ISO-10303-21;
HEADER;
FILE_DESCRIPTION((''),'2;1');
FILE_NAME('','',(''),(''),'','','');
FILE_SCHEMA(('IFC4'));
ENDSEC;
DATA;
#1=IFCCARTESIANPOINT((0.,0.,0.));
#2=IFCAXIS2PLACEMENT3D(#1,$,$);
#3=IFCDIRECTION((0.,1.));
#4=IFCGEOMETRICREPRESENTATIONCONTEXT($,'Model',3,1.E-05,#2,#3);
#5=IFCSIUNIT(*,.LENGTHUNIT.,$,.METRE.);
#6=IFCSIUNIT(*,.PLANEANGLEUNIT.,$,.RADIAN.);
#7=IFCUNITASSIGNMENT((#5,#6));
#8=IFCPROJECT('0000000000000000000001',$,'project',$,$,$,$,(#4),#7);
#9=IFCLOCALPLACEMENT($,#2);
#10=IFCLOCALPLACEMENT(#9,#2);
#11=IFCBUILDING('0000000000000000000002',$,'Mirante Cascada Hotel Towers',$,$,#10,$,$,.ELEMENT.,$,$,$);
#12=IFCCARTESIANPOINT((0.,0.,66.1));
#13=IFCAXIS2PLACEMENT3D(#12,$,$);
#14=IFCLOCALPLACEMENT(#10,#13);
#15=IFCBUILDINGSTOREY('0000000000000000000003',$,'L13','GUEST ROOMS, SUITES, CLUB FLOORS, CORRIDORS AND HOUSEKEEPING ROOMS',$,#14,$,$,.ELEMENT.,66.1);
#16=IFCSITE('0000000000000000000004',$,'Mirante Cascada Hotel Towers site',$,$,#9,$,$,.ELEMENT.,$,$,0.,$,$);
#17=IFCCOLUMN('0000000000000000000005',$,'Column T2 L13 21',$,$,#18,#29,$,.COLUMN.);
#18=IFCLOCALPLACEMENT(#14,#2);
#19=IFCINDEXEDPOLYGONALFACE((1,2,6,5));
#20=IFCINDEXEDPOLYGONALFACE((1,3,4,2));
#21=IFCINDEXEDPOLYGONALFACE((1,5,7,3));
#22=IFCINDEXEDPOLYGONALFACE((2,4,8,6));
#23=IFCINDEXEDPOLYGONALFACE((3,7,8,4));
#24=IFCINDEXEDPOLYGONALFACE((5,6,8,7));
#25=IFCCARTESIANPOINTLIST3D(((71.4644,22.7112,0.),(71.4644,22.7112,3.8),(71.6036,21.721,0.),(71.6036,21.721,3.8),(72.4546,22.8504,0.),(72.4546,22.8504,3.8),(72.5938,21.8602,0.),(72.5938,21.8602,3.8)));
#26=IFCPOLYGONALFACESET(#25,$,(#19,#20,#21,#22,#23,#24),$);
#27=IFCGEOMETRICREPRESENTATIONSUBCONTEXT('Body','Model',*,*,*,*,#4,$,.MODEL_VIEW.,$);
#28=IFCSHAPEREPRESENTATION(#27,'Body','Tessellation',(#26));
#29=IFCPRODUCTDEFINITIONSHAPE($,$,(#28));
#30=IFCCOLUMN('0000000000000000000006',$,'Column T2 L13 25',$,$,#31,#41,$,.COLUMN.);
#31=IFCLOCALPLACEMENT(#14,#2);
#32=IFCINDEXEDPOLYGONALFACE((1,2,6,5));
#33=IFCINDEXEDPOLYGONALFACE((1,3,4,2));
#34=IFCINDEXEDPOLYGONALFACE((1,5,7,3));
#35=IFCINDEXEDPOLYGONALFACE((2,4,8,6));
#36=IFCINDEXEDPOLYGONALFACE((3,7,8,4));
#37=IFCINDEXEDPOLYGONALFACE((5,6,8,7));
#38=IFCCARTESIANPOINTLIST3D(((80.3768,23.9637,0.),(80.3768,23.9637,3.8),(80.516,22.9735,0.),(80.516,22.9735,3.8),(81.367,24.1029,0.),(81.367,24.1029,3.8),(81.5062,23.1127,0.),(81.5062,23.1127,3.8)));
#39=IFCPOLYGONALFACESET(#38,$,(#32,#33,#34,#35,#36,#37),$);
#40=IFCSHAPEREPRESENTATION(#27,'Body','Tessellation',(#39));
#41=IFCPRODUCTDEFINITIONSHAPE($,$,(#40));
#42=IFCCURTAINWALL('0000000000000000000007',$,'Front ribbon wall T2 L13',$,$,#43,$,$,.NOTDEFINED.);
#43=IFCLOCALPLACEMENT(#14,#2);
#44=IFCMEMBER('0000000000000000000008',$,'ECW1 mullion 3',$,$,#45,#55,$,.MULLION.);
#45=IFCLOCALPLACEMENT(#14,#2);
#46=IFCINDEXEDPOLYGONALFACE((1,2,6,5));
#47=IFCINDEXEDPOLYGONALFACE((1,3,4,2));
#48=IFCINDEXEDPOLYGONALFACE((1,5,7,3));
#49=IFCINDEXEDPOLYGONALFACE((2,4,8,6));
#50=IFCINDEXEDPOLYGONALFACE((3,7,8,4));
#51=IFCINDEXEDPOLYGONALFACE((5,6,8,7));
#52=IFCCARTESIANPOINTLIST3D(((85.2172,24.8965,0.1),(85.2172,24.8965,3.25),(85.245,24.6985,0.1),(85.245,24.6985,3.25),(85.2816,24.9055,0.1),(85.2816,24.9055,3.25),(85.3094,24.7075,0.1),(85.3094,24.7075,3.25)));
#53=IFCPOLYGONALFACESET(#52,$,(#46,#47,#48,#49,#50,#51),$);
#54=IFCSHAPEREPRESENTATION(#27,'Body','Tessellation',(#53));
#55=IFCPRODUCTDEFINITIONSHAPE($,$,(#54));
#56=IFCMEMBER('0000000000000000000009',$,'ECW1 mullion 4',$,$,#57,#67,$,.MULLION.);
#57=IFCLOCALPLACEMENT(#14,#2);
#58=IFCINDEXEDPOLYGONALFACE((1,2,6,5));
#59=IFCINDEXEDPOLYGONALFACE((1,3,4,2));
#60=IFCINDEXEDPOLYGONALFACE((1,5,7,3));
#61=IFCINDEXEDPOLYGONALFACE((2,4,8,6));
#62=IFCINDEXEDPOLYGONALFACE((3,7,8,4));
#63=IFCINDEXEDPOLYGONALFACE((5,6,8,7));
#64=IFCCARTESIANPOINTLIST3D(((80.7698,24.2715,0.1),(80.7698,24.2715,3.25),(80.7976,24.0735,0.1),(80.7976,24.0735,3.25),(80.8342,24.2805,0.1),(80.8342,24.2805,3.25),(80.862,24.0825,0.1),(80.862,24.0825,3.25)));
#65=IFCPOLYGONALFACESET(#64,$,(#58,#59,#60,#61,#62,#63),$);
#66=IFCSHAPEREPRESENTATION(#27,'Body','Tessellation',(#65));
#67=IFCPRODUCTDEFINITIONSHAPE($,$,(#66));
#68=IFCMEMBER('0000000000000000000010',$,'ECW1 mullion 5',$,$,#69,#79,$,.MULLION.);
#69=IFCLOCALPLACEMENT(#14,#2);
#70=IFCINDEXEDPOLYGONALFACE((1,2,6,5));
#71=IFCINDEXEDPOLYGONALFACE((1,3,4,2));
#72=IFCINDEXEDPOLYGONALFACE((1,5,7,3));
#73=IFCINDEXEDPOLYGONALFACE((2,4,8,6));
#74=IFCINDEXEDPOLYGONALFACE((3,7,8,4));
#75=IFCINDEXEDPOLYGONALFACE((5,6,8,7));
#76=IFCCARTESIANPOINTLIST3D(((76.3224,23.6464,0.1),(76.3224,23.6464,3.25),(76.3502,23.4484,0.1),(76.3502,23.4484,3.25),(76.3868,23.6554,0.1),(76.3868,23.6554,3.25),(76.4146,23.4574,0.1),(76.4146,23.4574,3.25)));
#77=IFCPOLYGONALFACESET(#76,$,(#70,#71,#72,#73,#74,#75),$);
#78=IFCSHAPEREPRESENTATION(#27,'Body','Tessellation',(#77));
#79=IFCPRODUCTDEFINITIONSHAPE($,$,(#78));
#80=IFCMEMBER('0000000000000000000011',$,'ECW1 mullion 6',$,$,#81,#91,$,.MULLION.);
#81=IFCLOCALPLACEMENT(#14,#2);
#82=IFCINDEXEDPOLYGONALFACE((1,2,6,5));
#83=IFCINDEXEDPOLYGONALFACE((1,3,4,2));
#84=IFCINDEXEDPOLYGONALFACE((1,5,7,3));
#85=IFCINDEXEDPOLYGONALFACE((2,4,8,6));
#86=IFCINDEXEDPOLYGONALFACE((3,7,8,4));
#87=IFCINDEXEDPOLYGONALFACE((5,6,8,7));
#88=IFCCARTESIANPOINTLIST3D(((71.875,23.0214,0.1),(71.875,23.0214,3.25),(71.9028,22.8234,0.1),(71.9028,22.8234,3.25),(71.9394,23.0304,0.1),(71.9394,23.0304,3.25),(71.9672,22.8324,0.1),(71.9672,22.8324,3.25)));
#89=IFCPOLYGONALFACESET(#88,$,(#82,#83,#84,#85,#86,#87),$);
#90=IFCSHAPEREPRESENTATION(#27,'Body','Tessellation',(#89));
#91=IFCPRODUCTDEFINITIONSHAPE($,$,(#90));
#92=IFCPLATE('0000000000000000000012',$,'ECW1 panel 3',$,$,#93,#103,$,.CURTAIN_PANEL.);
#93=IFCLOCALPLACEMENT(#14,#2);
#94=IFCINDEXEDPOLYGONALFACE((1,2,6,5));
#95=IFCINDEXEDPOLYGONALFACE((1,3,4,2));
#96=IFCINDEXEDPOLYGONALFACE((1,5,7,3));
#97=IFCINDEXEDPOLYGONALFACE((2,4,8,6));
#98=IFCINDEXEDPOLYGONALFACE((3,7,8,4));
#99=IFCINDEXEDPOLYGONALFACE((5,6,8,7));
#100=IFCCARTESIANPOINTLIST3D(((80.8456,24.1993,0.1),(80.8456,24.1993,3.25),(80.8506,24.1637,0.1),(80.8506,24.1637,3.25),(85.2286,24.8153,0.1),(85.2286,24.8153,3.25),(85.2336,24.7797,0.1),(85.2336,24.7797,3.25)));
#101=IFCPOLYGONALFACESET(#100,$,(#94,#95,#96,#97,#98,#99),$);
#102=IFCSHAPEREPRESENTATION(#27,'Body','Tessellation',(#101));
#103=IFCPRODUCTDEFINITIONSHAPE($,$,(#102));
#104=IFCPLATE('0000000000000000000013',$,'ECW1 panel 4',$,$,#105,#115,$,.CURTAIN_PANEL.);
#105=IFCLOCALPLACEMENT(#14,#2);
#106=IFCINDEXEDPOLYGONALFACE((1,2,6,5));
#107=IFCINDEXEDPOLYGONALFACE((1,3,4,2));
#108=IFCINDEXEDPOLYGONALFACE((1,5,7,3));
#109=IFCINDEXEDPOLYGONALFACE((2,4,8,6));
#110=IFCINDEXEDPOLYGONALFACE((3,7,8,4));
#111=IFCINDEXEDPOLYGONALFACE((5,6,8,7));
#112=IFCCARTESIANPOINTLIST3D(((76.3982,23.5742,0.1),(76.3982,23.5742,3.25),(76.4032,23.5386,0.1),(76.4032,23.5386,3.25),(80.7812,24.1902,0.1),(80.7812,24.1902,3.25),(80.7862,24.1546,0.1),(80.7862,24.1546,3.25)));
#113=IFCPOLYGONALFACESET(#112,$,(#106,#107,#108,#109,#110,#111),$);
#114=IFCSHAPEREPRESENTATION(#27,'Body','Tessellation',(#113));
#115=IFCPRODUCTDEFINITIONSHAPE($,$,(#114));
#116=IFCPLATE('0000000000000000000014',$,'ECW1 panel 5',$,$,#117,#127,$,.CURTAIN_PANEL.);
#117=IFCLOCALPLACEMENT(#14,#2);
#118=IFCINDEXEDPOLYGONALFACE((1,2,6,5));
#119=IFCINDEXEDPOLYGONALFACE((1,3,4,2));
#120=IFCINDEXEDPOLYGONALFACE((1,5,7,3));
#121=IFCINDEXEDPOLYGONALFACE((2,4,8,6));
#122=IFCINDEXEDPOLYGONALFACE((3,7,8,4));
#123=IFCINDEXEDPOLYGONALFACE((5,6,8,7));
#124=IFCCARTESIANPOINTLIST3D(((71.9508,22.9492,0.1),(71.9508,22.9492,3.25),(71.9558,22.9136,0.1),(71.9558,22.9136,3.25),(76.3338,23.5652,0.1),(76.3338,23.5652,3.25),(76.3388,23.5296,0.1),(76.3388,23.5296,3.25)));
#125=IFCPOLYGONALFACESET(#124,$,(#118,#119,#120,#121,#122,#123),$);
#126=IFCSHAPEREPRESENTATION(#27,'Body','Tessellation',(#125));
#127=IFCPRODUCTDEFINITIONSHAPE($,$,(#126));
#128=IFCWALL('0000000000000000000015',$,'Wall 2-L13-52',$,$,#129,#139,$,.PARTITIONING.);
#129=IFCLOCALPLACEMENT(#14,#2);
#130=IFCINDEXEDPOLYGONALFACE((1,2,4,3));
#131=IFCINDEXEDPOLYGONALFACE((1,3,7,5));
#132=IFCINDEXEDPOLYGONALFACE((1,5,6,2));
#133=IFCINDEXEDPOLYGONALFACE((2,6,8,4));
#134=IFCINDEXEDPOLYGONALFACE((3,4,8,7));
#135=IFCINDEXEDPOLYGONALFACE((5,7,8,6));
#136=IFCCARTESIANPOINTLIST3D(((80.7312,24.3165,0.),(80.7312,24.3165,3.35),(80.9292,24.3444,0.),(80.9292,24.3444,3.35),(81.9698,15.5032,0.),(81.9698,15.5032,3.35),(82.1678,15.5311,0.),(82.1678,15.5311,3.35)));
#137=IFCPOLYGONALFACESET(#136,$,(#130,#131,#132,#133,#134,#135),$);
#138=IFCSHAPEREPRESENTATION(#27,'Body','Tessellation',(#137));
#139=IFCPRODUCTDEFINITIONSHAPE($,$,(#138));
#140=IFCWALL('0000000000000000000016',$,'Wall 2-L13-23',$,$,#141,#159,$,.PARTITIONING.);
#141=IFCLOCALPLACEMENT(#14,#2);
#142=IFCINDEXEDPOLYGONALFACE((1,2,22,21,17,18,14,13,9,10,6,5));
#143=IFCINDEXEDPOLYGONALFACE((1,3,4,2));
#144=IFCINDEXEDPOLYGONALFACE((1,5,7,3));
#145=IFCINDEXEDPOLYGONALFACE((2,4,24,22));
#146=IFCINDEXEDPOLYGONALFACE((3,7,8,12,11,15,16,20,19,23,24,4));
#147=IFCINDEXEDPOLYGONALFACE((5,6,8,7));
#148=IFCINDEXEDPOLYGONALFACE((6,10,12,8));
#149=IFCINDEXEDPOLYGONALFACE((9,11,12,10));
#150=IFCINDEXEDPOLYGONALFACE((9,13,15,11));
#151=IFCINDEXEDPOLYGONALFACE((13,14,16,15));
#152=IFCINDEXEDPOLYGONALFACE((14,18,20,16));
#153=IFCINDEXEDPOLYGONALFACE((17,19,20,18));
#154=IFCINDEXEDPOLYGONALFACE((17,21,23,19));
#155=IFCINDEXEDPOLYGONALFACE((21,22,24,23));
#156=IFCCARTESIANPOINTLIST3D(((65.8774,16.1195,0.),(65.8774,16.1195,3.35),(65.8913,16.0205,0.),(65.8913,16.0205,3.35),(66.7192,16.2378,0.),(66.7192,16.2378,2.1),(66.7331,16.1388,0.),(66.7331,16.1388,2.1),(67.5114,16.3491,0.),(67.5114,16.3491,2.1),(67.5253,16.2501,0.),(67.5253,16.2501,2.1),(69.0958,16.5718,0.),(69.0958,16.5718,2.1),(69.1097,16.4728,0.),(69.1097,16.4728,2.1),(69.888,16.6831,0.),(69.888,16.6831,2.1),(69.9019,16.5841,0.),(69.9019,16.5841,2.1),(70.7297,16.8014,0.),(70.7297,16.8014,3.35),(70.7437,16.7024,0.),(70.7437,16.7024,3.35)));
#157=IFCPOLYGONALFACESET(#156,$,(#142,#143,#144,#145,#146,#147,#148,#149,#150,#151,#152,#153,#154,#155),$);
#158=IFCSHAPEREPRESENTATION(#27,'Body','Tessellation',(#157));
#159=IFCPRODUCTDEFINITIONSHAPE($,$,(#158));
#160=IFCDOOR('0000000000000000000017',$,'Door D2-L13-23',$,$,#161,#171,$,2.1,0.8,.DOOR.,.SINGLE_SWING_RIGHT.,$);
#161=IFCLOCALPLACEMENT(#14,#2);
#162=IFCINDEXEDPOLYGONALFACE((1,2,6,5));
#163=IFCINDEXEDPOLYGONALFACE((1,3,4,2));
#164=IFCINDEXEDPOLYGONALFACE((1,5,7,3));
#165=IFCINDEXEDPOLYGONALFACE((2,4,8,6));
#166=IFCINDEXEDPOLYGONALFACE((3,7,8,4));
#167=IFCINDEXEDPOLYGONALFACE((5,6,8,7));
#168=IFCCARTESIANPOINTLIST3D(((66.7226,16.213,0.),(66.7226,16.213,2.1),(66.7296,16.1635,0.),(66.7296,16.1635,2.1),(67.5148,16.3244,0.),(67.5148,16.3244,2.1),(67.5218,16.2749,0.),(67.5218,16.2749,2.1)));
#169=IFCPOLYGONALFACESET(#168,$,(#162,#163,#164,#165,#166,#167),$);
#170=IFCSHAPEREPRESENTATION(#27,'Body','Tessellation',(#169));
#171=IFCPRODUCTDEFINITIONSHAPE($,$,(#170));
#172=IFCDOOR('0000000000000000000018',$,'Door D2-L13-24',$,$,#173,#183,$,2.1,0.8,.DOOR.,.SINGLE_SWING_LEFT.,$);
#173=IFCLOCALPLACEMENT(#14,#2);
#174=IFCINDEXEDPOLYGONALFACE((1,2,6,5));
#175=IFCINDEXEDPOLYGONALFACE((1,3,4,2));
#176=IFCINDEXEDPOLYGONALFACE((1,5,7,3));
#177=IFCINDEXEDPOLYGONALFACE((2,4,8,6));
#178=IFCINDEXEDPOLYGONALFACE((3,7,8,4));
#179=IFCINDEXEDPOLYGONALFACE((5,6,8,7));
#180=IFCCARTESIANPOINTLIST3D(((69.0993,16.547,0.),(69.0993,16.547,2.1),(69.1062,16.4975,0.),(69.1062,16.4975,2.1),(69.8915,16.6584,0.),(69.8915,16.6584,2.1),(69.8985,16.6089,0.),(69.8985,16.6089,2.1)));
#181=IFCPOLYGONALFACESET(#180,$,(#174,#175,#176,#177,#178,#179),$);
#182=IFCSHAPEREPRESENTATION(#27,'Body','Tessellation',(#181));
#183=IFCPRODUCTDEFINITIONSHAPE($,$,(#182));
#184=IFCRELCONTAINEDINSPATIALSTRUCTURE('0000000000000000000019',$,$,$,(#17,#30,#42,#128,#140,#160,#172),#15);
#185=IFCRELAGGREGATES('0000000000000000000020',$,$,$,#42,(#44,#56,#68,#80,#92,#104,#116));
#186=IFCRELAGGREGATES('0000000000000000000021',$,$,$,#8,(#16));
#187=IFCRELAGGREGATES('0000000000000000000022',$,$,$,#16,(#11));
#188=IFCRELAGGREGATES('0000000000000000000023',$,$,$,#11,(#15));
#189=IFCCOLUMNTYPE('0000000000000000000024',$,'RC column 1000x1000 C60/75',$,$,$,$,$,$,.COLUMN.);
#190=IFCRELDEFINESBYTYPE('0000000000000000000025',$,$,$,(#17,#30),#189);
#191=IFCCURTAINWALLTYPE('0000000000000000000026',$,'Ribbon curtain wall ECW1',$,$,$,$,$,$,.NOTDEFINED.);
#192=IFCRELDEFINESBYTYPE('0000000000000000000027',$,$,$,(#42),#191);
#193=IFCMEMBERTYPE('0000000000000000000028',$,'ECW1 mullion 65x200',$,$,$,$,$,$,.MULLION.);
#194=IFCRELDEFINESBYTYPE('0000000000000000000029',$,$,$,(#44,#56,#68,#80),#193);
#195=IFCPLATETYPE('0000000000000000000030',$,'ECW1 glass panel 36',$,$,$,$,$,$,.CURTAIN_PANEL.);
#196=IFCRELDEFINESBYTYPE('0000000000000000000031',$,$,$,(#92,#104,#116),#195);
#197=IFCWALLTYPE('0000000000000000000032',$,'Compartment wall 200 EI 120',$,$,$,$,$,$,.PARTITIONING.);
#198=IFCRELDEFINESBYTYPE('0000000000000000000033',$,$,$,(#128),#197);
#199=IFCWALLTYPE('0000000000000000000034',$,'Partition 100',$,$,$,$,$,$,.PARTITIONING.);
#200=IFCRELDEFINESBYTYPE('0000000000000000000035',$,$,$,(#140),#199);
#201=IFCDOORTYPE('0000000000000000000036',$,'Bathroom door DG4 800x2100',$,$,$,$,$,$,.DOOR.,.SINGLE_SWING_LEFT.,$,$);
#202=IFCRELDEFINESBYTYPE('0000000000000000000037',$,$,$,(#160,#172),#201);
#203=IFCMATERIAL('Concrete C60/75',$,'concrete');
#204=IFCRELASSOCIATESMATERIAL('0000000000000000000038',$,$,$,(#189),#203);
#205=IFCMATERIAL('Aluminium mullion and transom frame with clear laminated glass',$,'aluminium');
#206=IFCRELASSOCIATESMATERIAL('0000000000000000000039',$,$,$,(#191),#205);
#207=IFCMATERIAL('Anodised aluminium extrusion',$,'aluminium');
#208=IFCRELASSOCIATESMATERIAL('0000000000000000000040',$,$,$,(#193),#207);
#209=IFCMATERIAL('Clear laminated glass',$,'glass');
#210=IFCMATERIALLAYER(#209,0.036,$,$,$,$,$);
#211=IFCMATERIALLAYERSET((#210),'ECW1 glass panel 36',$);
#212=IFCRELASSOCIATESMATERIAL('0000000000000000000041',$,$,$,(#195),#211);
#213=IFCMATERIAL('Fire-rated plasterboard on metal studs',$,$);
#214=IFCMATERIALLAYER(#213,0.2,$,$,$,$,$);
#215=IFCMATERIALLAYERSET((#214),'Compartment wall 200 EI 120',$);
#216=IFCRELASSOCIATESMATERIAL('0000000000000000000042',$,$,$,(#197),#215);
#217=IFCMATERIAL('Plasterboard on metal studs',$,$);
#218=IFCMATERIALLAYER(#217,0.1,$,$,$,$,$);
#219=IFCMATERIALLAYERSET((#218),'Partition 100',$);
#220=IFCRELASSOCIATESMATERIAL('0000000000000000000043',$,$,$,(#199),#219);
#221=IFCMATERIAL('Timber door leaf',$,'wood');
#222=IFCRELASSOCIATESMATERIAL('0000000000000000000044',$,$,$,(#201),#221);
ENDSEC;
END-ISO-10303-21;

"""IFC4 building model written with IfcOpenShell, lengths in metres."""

from ifc_helpers import new_model, si_unit, direction, frame, frame_2d, origin, origin_2d, place, context, subcontext, project, spatial, rectangle, extrude, material, layer, layer_set, material_profile, profile_set, type_object, element, fill, aggregate, save


model = new_model("IFC4")

# Units and contexts
model_context = context("Model", 3, precision=1e-05, world=origin(), true_north=direction((0.0, 1.0)))
body_context = subcontext(model_context, "Body", "Model", "MODEL_VIEW")
ifc_project = project(units=[si_unit("LENGTHUNIT", "METRE"), si_unit("PLANEANGLEUNIT", "RADIAN")], contexts=[model_context])

# Site, building, storey
site_placement = place(None, origin())
site = spatial("IfcSite", under=ifc_project, at=site_placement, Name="Mirante Cascada Hotel Towers site", CompositionType="ELEMENT", RefElevation=0.0)
building_placement = place(site_placement, origin())
building = spatial("IfcBuilding", under=site, at=building_placement, Name="Mirante Cascada Hotel Towers", CompositionType="ELEMENT")
storey_placement = place(building_placement, frame((0.0, 0.0, 66.1)))
storey = spatial("IfcBuildingStorey", under=building, at=storey_placement, Name="L13", Description="GUEST ROOMS, SUITES, CLUB FLOORS, CORRIDORS AND HOUSEKEEPING ROOMS", CompositionType="ELEMENT", Elevation=66.1)

# Columns
ifc_material_1 = material(Name="Concrete C60/75", Category="concrete")
ifc_material_profile_1 = material_profile(ifc_material_1, rectangle(XDim=1.0, YDim=1.0, at=origin_2d()), Name="RC column 1000x1000 C60/75")
ifc_profile_set_1 = profile_set([ifc_material_profile_1], Name="Concrete C60/75")
column_type = type_object("IfcColumnType", Name="RC column 1000x1000 C60/75", PredefinedType="COLUMN", material=ifc_profile_set_1)
for number, where, z_axis, x_axis, name in (
    (1, (72.0291, 22.2857, 0.0), (0.0, 0.0, 1.0), (0.990268, 0.139173, 0.0), "Column T2 L13 21"),
    (2, (80.9415, 23.5382, 0.0), (0.0, 0.0, 1.0), (0.990268, 0.139173, 0.0), "Column T2 L13 25"),
):
    element("IfcColumn", number, at=place(storey_placement, frame(where, z_axis=z_axis, x_axis=x_axis)), inside=storey, type_object=column_type, Name=name, PredefinedType="COLUMN", context=body_context, shape_type="SweptSolid", body=[
        extrude(rectangle(XDim=1.0, YDim=1.0, at=origin_2d()), origin(), (0.0, 0.0, 1.0), 3.8),
    ])

# Curtain wall, members, plates
ifc_material_2 = material(Name="Aluminium mullion and transom frame with clear laminated glass", Category="aluminium")
curtain_wall_type = type_object("IfcCurtainWallType", Name="Ribbon curtain wall ECW1", PredefinedType="NOTDEFINED", material=ifc_material_2)
curtain_wall_placement = place(storey_placement, origin())
curtain_wall = element("IfcCurtainWall", 3, at=curtain_wall_placement, inside=storey, type_object=curtain_wall_type, Name="Front ribbon wall T2 L13", PredefinedType="NOTDEFINED")
ifc_material_3 = material(Name="Anodised aluminium extrusion", Category="aluminium")
ifc_material_profile_2 = material_profile(ifc_material_3, rectangle(XDim=0.2, YDim=0.065, at=origin_2d()), Name="ECW1 MULLION 65x200")
ifc_profile_set_2 = profile_set([ifc_material_profile_2], Name="Anodised aluminium extrusion")
member_type = type_object("IfcMemberType", Name="ECW1 mullion 65x200", PredefinedType="MULLION", material=ifc_profile_set_2)
member_1_placement = place(storey_placement, frame((85.2633, 24.802, 0.1), z_axis=(0.0, 0.0, 1.0), x_axis=(0.139173, -0.990268, 0.0)))
member_1 = element("IfcMember", 4, at=member_1_placement, type_object=member_type, Name="ECW1 mullion 3", PredefinedType="MULLION", context=body_context, shape_type="SweptSolid", body=[
    extrude(rectangle(XDim=0.2, YDim=0.065, at=origin_2d()), origin(), (0.0, 0.0, 1.0), 3.15),
])
member_2_placement = place(storey_placement, frame((80.8159, 24.177, 0.1), z_axis=(0.0, 0.0, 1.0), x_axis=(0.139173, -0.990268, 0.0)))
member_2 = element("IfcMember", 5, at=member_2_placement, type_object=member_type, Name="ECW1 mullion 4", PredefinedType="MULLION", context=body_context, shape_type="SweptSolid", body=[
    extrude(rectangle(XDim=0.2, YDim=0.065, at=origin_2d()), origin(), (0.0, 0.0, 1.0), 3.15),
])
member_3_placement = place(storey_placement, frame((76.3685, 23.5519, 0.1), z_axis=(0.0, 0.0, 1.0), x_axis=(0.139173, -0.990268, 0.0)))
member_3 = element("IfcMember", 6, at=member_3_placement, type_object=member_type, Name="ECW1 mullion 5", PredefinedType="MULLION", context=body_context, shape_type="SweptSolid", body=[
    extrude(rectangle(XDim=0.2, YDim=0.065, at=origin_2d()), origin(), (0.0, 0.0, 1.0), 3.15),
])
member_4_placement = place(storey_placement, frame((71.9211, 22.9269, 0.1), z_axis=(0.0, 0.0, 1.0), x_axis=(0.139173, -0.990268, 0.0)))
member_4 = element("IfcMember", 7, at=member_4_placement, type_object=member_type, Name="ECW1 mullion 6", PredefinedType="MULLION", context=body_context, shape_type="SweptSolid", body=[
    extrude(rectangle(XDim=0.2, YDim=0.065, at=origin_2d()), origin(), (0.0, 0.0, 1.0), 3.15),
])
ifc_material_4 = material(Name="Clear laminated glass", Category="glass")
ifc_layer_1 = layer(ifc_material_4, 0.036)
ifc_layer_set_1 = layer_set([ifc_layer_1], Name="ECW1 glass panel 36")
plate_type = type_object("IfcPlateType", Name="ECW1 glass panel 36", PredefinedType="CURTAIN_PANEL", material=ifc_layer_set_1)
plate_1_placement = place(storey_placement, frame((83.0396, 24.4895, 0.1), z_axis=(0.0, 0.0, 1.0), x_axis=(-0.990268, -0.139173, 0.0)))
plate_1 = element("IfcPlate", 8, at=plate_1_placement, type_object=plate_type, Name="ECW1 panel 3", PredefinedType="CURTAIN_PANEL", context=body_context, shape_type="SweptSolid", body=[
    extrude(rectangle(XDim=4.4261, YDim=0.036, at=origin_2d()), origin(), (0.0, 0.0, 1.0), 3.15),
])
plate_2_placement = place(storey_placement, frame((78.5922, 23.8644, 0.1), z_axis=(0.0, 0.0, 1.0), x_axis=(-0.990268, -0.139173, 0.0)))
plate_2 = element("IfcPlate", 9, at=plate_2_placement, type_object=plate_type, Name="ECW1 panel 4", PredefinedType="CURTAIN_PANEL", context=body_context, shape_type="SweptSolid", body=[
    extrude(rectangle(XDim=4.4261, YDim=0.036, at=origin_2d()), origin(), (0.0, 0.0, 1.0), 3.15),
])
plate_3_placement = place(storey_placement, frame((74.1448, 23.2394, 0.1), z_axis=(0.0, 0.0, 1.0), x_axis=(-0.990268, -0.139173, 0.0)))
plate_3 = element("IfcPlate", 10, at=plate_3_placement, type_object=plate_type, Name="ECW1 panel 5", PredefinedType="CURTAIN_PANEL", context=body_context, shape_type="SweptSolid", body=[
    extrude(rectangle(XDim=4.4261, YDim=0.036, at=origin_2d()), origin(), (0.0, 0.0, 1.0), 3.15),
])
aggregate(curtain_wall, [member_1, member_2, member_3, member_4, plate_1, plate_2, plate_3])

# Wall
ifc_material_5 = material(Name="Fire-rated plasterboard on metal studs")
ifc_layer_2 = layer(ifc_material_5, 0.2)
ifc_layer_set_2 = layer_set([ifc_layer_2], Name="Compartment wall 200 EI 120")
wall_type_1 = type_object("IfcWallType", Name="Compartment wall 200 EI 120", PredefinedType="PARTITIONING", material=ifc_layer_set_2)
wall_1_placement = place(storey_placement, frame((82.0688, 15.5171, 0.0), z_axis=(0.0, 0.0, 1.0), x_axis=(-0.13917, 0.990268, 0.0)))
element("IfcWall", 11, at=wall_1_placement, inside=storey, type_object=wall_type_1, Name="Wall 2-L13-52", PredefinedType="PARTITIONING", context=body_context, shape_type="SweptSolid", body=[
    extrude(rectangle(XDim=8.8999, YDim=0.2, at=frame_2d((4.45, 0.0))), origin(), (0.0, 0.0, 1.0), 3.35),
])

# Wall, openings, doors
ifc_material_6 = material(Name="Plasterboard on metal studs")
ifc_layer_3 = layer(ifc_material_6, 0.1)
ifc_layer_set_3 = layer_set([ifc_layer_3], Name="Partition 100")
wall_type_2 = type_object("IfcWallType", Name="Partition 100", PredefinedType="PARTITIONING", material=ifc_layer_set_3)
wall_2_placement = place(storey_placement, frame((70.7367, 16.7519, 0.0), z_axis=(0.0, 0.0, 1.0), x_axis=(-0.990269, -0.139164, 0.0)))
wall_2 = element("IfcWall", 12, at=wall_2_placement, inside=storey, type_object=wall_type_2, Name="Wall 2-L13-23", PredefinedType="PARTITIONING", context=body_context, shape_type="SweptSolid", body=[
    extrude(rectangle(XDim=4.9, YDim=0.1, at=frame_2d((2.45, 0.0))), origin(), (0.0, 0.0, 1.0), 3.35),
])
opening_1_placement = place(wall_2_placement, frame((3.25, 0.0, 0.0)))
opening_1 = element("IfcOpeningElement", 13, at=opening_1_placement, cuts=wall_2, PredefinedType="OPENING", context=body_context, shape_type="SweptSolid", body=[
    extrude(rectangle(XDim=0.8, YDim=2.1, at=frame_2d((0.4, 1.05))), frame((0.0, 0.05, 0.0), z_axis=(0.0, -1.0, 0.0), x_axis=(1.0, 0.0, 0.0)), (0.0, 0.0, 1.0), 0.1),
])
opening_2_placement = place(wall_2_placement, frame((0.85, 0.0, 0.0)))
opening_2 = element("IfcOpeningElement", 14, at=opening_2_placement, cuts=wall_2, PredefinedType="OPENING", context=body_context, shape_type="SweptSolid", body=[
    extrude(rectangle(XDim=0.8, YDim=2.1, at=frame_2d((0.4, 1.05))), frame((0.0, 0.05, 0.0), z_axis=(0.0, -1.0, 0.0), x_axis=(1.0, 0.0, 0.0)), (0.0, 0.0, 1.0), 0.1),
])
ifc_material_7 = material(Name="Timber door leaf", Category="wood")
door_type_1 = type_object("IfcDoorType", Name="Bathroom door DG4 800x2100", OperationType="SINGLE_SWING_LEFT", PredefinedType="DOOR", material=ifc_material_7)
door_1_placement = place(opening_1_placement, frame((0.8, 0.0, 0.0), z_axis=(0.0, 0.0, 1.0), x_axis=(-1.0, 0.0, 0.0)))
door_1 = element("IfcDoor", 15, at=door_1_placement, inside=storey, type_object=door_type_1, Name="Door D2-L13-23", OperationType="SINGLE_SWING_RIGHT", OverallHeight=2.1, OverallWidth=0.8, PredefinedType="DOOR", context=body_context, shape_type="SweptSolid", body=[
    extrude(rectangle(XDim=0.8, YDim=2.1, at=frame_2d((0.4, 1.05))), frame((0.0, 0.025, 0.0), z_axis=(0.0, -1.0, 0.0), x_axis=(1.0, 0.0, 0.0)), (0.0, 0.0, 1.0), 0.05),
])
fill(opening_1, door_1)
door_2_placement = place(opening_2_placement, origin())
door_2 = element("IfcDoor", 16, at=door_2_placement, inside=storey, type_object=door_type_1, Name="Door D2-L13-24", OperationType="SINGLE_SWING_LEFT", OverallHeight=2.1, OverallWidth=0.8, PredefinedType="DOOR", context=body_context, shape_type="SweptSolid", body=[
    extrude(rectangle(XDim=0.8, YDim=2.1, at=frame_2d((0.4, 1.05))), frame((0.0, 0.025, 0.0), z_axis=(0.0, -1.0, 0.0), x_axis=(1.0, 0.0, 0.0)), (0.0, 0.0, 1.0), 0.05),
])
fill(opening_2, door_2)

save(model, "model.ifc")
